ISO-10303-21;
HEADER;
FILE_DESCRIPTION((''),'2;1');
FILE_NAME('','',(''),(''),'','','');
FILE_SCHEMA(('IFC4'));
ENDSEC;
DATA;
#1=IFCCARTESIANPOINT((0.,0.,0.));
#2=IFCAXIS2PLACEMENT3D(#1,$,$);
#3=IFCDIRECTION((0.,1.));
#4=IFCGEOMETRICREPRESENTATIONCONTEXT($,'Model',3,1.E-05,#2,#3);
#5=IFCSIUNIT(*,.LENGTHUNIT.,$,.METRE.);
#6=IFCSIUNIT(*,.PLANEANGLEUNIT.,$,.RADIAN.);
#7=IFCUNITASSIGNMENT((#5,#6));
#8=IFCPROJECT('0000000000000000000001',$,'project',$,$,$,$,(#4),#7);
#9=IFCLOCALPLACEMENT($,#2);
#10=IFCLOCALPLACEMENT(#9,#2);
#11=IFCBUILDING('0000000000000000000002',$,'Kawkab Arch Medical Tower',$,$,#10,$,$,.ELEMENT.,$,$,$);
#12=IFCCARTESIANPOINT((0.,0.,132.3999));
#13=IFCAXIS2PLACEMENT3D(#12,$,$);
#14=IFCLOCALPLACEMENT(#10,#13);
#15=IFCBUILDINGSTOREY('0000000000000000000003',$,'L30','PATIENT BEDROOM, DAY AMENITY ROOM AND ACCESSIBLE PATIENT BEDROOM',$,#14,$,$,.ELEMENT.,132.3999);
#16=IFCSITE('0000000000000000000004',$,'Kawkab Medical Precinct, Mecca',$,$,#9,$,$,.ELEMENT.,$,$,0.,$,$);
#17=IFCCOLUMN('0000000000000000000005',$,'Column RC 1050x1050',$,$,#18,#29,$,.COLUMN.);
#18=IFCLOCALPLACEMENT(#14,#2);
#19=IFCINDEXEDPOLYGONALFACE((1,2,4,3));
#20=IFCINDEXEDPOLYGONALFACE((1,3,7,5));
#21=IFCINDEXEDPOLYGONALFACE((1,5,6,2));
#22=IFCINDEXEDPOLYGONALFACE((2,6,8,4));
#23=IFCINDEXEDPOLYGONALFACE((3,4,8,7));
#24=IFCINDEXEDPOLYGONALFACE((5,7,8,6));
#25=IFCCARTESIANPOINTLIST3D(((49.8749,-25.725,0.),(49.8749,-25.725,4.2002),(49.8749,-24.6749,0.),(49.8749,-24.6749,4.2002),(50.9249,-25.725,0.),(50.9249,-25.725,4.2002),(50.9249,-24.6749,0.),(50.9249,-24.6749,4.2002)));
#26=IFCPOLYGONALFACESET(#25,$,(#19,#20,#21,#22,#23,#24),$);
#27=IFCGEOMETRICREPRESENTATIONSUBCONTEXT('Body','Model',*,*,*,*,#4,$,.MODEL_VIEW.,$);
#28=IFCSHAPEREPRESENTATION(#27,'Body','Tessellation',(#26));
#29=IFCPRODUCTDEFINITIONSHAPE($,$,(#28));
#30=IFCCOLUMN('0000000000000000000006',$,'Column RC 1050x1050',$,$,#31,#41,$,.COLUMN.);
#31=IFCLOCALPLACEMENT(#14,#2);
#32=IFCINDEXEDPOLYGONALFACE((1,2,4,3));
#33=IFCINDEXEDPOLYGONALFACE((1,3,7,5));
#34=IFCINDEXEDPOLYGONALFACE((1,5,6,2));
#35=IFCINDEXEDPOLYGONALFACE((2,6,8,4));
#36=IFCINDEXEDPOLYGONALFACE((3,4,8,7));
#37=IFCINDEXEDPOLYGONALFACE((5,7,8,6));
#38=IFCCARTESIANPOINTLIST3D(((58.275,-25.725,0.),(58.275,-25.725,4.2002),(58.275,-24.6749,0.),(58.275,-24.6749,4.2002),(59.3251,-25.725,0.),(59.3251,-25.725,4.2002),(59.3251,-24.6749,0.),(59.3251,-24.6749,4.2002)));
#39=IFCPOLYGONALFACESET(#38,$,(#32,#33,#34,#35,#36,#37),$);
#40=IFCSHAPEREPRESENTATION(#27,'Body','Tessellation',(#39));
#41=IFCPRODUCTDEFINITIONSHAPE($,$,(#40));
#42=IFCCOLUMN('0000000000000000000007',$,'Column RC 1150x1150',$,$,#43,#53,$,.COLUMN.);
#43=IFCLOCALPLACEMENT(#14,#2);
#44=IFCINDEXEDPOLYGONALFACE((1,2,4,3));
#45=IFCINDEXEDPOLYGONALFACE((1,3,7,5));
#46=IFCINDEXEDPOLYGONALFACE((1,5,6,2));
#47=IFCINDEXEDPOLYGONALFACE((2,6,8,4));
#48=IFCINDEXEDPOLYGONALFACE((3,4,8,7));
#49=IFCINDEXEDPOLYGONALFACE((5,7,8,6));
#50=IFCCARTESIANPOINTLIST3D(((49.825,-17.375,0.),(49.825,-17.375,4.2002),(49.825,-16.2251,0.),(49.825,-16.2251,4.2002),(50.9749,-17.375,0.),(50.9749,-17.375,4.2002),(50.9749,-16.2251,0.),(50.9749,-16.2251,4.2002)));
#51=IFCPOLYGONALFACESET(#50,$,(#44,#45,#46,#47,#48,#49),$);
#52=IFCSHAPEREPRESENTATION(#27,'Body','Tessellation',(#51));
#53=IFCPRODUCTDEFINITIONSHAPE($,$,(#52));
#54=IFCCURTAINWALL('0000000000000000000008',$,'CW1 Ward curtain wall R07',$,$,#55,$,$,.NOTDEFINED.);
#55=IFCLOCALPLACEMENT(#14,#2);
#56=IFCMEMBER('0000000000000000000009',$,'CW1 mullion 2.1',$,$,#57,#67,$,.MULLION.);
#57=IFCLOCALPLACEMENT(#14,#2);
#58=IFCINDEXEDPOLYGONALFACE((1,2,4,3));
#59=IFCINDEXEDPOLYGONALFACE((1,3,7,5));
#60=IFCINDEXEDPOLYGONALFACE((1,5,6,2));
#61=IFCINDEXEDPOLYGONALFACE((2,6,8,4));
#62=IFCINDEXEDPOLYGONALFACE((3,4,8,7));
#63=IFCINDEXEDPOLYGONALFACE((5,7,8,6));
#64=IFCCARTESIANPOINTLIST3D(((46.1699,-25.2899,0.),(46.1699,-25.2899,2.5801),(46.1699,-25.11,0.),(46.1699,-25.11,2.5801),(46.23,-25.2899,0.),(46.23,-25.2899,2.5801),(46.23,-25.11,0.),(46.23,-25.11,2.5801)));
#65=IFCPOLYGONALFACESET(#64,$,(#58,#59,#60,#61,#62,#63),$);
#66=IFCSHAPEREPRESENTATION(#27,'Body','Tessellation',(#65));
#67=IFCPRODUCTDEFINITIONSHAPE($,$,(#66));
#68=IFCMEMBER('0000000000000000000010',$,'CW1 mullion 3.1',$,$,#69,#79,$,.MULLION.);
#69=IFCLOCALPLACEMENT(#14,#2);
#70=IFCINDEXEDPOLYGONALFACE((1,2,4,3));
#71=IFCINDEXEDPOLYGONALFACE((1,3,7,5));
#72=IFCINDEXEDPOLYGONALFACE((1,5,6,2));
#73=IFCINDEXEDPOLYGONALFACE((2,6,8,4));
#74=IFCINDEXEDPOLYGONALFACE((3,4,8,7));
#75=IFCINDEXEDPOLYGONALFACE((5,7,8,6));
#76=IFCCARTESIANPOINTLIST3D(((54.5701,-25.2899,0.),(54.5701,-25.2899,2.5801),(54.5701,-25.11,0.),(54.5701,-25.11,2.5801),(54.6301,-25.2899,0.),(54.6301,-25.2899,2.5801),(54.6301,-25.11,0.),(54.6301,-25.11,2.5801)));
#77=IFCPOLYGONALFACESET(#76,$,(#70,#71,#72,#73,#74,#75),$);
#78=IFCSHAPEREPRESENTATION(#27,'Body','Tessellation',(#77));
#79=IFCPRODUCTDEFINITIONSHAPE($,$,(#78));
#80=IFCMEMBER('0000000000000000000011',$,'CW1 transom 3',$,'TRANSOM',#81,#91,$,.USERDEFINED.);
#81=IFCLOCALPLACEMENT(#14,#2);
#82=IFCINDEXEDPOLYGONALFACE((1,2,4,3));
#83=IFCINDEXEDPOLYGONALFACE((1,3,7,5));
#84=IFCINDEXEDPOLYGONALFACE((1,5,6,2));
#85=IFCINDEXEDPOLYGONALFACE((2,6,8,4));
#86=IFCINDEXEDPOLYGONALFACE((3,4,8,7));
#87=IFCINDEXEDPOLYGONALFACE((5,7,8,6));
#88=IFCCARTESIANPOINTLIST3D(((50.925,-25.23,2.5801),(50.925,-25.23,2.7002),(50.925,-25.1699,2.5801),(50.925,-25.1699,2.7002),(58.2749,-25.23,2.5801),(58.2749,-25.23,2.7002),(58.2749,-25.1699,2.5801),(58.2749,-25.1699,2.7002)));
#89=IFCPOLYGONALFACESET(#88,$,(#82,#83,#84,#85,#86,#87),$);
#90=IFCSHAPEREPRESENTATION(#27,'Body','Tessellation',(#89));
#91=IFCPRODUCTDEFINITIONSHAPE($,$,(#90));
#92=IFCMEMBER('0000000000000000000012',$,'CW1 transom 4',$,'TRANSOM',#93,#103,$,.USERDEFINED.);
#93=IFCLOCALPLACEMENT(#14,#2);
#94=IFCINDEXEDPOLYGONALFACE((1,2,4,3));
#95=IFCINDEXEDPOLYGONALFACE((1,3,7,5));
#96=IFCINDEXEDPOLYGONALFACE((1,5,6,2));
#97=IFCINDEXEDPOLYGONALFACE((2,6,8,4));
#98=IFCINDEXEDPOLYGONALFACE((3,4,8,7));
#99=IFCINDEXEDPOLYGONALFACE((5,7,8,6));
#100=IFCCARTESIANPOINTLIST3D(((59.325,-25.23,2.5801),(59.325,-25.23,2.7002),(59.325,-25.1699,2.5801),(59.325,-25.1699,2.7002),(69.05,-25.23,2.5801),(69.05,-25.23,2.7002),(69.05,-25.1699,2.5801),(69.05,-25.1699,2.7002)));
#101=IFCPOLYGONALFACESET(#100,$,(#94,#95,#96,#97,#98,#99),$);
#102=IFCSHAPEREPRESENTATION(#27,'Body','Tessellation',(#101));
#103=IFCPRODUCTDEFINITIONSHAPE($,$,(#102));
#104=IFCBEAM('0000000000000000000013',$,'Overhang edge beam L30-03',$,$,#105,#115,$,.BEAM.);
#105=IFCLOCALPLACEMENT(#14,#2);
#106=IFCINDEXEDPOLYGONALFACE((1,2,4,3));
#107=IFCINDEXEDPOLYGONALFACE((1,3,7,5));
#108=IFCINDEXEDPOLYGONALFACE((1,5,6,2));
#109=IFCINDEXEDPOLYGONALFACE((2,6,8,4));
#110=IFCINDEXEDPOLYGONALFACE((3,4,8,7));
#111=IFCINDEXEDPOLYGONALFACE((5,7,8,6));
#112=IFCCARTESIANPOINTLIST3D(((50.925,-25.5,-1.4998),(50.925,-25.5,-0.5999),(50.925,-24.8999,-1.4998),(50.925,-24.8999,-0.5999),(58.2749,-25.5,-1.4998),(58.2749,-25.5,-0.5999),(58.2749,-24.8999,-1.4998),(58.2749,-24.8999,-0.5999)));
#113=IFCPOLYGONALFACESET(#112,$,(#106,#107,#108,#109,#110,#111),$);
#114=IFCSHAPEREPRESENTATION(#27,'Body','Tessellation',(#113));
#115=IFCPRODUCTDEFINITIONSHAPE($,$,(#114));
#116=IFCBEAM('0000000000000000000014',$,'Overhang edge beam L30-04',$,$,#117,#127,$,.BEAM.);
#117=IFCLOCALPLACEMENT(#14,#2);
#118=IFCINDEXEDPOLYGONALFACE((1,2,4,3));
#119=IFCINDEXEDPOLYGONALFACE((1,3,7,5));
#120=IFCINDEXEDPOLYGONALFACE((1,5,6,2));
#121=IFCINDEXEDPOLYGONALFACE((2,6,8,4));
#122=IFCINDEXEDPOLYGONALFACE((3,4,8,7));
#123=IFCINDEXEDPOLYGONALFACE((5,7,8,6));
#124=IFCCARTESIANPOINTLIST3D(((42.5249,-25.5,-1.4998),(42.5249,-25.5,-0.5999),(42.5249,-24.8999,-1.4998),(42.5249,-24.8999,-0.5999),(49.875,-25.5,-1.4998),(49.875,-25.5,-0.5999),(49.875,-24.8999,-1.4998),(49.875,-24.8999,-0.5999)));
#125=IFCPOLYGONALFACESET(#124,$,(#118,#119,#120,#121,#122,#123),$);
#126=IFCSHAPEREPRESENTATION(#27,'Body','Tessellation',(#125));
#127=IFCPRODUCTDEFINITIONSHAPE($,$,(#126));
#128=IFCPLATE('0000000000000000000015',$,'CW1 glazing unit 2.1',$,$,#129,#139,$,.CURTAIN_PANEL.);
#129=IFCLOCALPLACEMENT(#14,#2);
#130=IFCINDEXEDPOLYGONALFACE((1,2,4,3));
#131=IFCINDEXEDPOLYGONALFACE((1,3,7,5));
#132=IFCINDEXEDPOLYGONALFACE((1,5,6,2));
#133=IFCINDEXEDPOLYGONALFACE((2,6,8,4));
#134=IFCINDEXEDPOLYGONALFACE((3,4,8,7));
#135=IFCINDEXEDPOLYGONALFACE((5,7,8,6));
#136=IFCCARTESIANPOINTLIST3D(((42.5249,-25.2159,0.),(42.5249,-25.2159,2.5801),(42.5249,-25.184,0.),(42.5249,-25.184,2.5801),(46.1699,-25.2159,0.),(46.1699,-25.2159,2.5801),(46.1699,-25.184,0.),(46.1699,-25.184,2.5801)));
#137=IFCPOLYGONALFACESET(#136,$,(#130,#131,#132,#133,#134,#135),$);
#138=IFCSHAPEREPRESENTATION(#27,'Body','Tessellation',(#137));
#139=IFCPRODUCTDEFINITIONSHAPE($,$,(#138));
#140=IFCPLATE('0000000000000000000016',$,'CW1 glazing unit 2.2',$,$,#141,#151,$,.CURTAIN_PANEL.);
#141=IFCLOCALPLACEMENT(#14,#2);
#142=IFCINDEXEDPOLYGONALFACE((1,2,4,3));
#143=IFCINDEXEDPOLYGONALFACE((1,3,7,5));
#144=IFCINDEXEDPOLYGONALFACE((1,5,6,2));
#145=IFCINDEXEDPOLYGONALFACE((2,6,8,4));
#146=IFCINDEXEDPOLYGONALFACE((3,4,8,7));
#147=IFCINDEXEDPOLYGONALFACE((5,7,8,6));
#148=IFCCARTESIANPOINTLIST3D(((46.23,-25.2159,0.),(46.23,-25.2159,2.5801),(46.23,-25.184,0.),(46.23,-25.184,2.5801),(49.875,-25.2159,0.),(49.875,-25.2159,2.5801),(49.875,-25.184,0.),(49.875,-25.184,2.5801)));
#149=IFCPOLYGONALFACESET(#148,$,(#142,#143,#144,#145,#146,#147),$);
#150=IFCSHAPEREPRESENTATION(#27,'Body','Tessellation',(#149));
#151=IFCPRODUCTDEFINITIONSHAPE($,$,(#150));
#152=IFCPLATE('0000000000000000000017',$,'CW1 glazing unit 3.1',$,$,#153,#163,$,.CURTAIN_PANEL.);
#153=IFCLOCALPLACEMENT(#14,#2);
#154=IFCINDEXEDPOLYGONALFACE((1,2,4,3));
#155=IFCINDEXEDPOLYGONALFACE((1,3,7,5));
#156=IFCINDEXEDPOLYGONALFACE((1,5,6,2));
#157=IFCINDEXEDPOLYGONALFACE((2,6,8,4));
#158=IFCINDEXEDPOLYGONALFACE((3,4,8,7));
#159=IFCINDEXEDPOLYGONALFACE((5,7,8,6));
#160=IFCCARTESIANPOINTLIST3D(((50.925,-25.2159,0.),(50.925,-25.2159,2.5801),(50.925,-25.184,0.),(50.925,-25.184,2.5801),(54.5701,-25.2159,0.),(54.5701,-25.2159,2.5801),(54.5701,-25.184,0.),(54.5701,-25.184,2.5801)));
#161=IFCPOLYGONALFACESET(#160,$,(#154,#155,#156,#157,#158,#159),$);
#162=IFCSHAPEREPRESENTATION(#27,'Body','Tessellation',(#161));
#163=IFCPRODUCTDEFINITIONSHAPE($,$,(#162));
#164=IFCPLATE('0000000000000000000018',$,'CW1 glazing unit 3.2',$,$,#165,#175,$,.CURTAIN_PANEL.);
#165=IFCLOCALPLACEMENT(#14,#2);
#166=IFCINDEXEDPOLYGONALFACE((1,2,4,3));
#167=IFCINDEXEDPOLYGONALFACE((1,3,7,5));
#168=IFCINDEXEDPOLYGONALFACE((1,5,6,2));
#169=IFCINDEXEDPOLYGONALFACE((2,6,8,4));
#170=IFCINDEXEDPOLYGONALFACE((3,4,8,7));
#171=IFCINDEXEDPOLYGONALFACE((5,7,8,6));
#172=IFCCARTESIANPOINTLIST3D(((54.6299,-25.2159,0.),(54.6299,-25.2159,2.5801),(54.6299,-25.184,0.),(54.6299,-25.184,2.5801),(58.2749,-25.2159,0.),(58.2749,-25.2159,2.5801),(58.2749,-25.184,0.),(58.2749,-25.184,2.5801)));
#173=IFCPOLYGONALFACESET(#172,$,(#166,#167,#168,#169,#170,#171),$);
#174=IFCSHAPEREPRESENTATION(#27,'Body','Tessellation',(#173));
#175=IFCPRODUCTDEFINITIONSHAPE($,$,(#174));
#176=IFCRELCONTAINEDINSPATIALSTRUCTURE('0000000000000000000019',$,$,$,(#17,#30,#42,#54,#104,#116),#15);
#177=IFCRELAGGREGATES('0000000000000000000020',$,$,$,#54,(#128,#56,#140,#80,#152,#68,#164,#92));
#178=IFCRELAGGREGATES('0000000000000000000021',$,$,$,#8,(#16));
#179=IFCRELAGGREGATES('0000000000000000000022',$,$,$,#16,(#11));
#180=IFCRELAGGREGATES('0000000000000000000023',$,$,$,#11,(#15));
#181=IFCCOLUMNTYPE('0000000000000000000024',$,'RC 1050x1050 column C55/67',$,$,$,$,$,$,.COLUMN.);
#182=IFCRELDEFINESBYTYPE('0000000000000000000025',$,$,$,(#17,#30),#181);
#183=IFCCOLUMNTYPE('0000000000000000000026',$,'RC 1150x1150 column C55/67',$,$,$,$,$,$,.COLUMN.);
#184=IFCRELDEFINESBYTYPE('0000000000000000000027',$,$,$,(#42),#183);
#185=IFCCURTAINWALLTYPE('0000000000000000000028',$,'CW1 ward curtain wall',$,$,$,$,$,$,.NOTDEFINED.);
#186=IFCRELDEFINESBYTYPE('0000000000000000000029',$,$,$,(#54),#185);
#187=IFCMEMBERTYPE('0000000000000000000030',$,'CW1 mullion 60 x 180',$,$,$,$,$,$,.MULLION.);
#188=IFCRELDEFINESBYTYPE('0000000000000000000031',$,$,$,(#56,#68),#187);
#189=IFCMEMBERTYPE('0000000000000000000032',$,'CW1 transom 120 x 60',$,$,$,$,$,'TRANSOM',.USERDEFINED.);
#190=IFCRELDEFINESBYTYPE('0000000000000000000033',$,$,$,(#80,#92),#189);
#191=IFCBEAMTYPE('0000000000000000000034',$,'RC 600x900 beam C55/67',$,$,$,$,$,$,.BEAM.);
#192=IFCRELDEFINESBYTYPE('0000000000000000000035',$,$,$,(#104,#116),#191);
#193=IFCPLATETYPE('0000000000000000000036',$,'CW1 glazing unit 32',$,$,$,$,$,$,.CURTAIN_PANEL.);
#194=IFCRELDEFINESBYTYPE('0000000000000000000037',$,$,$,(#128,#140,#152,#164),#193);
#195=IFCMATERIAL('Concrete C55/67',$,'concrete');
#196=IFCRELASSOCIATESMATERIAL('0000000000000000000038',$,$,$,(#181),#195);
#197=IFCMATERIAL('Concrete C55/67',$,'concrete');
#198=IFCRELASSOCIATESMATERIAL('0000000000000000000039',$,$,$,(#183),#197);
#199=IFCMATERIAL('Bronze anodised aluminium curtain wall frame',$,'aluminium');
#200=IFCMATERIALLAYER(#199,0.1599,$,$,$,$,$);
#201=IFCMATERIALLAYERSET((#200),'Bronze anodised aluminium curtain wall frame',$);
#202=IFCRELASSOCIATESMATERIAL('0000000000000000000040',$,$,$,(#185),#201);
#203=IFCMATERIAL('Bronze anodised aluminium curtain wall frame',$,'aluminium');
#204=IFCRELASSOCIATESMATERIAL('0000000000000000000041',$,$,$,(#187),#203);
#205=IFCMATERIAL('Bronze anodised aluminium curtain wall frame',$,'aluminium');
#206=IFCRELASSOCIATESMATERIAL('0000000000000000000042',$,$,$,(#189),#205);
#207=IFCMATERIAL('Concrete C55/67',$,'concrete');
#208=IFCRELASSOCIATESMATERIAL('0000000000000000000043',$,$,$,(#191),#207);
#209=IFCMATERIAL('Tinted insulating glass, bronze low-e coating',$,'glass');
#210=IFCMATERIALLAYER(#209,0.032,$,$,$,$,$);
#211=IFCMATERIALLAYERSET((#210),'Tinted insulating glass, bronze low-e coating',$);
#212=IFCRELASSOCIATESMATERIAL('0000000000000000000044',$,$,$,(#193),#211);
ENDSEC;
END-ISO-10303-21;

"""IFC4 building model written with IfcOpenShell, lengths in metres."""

from ifc_helpers import new_model, si_unit, direction, frame, origin, origin_2d, place, context, subcontext, project, spatial, rectangle, extrude, material, layer, layer_set, material_profile, profile_set, type_object, element, aggregate, save


model = new_model("IFC4")

# Units and contexts
model_context = context("Model", 3, precision=1e-05, world=origin(), true_north=direction((0.0, 1.0)))
body_context = subcontext(model_context, "Body", "Model", "MODEL_VIEW")
ifc_project = project(units=[si_unit("LENGTHUNIT", "METRE"), si_unit("PLANEANGLEUNIT", "RADIAN")], contexts=[model_context])

# Site, building, storey
site_placement = place(None, origin())
site = spatial("IfcSite", under=ifc_project, at=site_placement, Name="Kawkab Medical Precinct, Mecca", CompositionType="ELEMENT", RefElevation=0.0)
building_placement = place(site_placement, origin())
building = spatial("IfcBuilding", under=site, at=building_placement, Name="Kawkab Arch Medical Tower", CompositionType="ELEMENT")
storey_placement = place(building_placement, frame((0.0, 0.0, 132.3999)))
storey = spatial("IfcBuildingStorey", under=building, at=storey_placement, Name="L30", Description="PATIENT BEDROOM, DAY AMENITY ROOM AND ACCESSIBLE PATIENT BEDROOM", CompositionType="ELEMENT", Elevation=132.3999)

# Columns
ifc_material_1 = material(Name="Concrete C55/67", Category="concrete")
ifc_material_profile_1 = material_profile(ifc_material_1, rectangle(XDim=1.05, YDim=1.05, at=origin_2d()), Name="RC 1050x1050")
ifc_profile_set_1 = profile_set([ifc_material_profile_1], Name="Concrete C55/67")
column_type_1 = type_object("IfcColumnType", Name="RC 1050x1050 column C55/67", PredefinedType="COLUMN", material=ifc_profile_set_1)
for number, where, z_axis, x_axis, name in (
    (1, (50.3999, -25.2, 0.0), (0.0, 0.0, 1.0), (1.0, 0.0, 0.0), "Column RC 1050x1050"),
    (2, (58.8, -25.2, 0.0), (0.0, 0.0, 1.0), (1.0, 0.0, 0.0), "Column RC 1050x1050"),
):
    element("IfcColumn", number, at=place(storey_placement, frame(where, z_axis=z_axis, x_axis=x_axis)), inside=storey, type_object=column_type_1, Name=name, PredefinedType="COLUMN", context=body_context, shape_type="SweptSolid", body=[
        extrude(rectangle(XDim=1.05, YDim=1.05, at=origin_2d()), origin(), (0.0, 0.0, 1.0), 4.2002),
    ])
ifc_material_2 = material(Name="Concrete C55/67", Category="concrete")
ifc_material_profile_2 = material_profile(ifc_material_2, rectangle(XDim=1.1499, YDim=1.1499, at=origin_2d()), Name="RC 1150x1150")
ifc_profile_set_2 = profile_set([ifc_material_profile_2], Name="Concrete C55/67")
column_type_2 = type_object("IfcColumnType", Name="RC 1150x1150 column C55/67", PredefinedType="COLUMN", material=ifc_profile_set_2)
column_placement = place(storey_placement, frame((50.3999, -16.8, 0.0), z_axis=(0.0, 0.0, 1.0), x_axis=(1.0, 0.0, 0.0)))
element("IfcColumn", 3, at=column_placement, inside=storey, type_object=column_type_2, Name="Column RC 1150x1150", PredefinedType="COLUMN", context=body_context, shape_type="SweptSolid", body=[
    extrude(rectangle(XDim=1.1499, YDim=1.1499, at=origin_2d()), origin(), (0.0, 0.0, 1.0), 4.2002),
])

# Curtain wall, members
ifc_material_3 = material(Name="Bronze anodised aluminium curtain wall frame", Category="aluminium")
ifc_layer_1 = layer(ifc_material_3, 0.1599)
ifc_layer_set_1 = layer_set([ifc_layer_1], Name="Bronze anodised aluminium curtain wall frame")
curtain_wall_type = type_object("IfcCurtainWallType", Name="CW1 ward curtain wall", PredefinedType="NOTDEFINED", material=ifc_layer_set_1)
curtain_wall_placement = place(storey_placement, origin())
curtain_wall = element("IfcCurtainWall", 4, at=curtain_wall_placement, inside=storey, type_object=curtain_wall_type, Name="CW1 Ward curtain wall R07", PredefinedType="NOTDEFINED")
ifc_material_4 = material(Name="Bronze anodised aluminium curtain wall frame", Category="aluminium")
ifc_material_profile_3 = material_profile(ifc_material_4, rectangle(XDim=0.1799, YDim=0.0601, at=origin_2d()), Name="AL 60x180")
ifc_profile_set_3 = profile_set([ifc_material_profile_3], Name="Bronze anodised aluminium curtain wall frame")
member_type_1 = type_object("IfcMemberType", Name="CW1 mullion 60 x 180", PredefinedType="MULLION", material=ifc_profile_set_3)
member_1_placement = place(storey_placement, frame((46.2, -25.2, 0.0), z_axis=(0.0, 0.0, 1.0), x_axis=(0.0, 1.0, 0.0)))
member_1 = element("IfcMember", 5, at=member_1_placement, type_object=member_type_1, Name="CW1 mullion 2.1", PredefinedType="MULLION", context=body_context, shape_type="SweptSolid", body=[
    extrude(rectangle(XDim=0.1799, YDim=0.0601, at=origin_2d()), origin(), (0.0, 0.0, 1.0), 2.5801),
])
member_2_placement = place(storey_placement, frame((54.6001, -25.2, 0.0), z_axis=(0.0, 0.0, 1.0), x_axis=(0.0, 1.0, 0.0)))
member_2 = element("IfcMember", 6, at=member_2_placement, type_object=member_type_1, Name="CW1 mullion 3.1", PredefinedType="MULLION", context=body_context, shape_type="SweptSolid", body=[
    extrude(rectangle(XDim=0.1799, YDim=0.0601, at=origin_2d()), origin(), (0.0, 0.0, 1.0), 2.5801),
])
ifc_material_5 = material(Name="Bronze anodised aluminium curtain wall frame", Category="aluminium")
ifc_material_profile_4 = material_profile(ifc_material_5, rectangle(XDim=0.0601, YDim=0.1201, at=origin_2d()), Name="AL 60x120")
ifc_profile_set_4 = profile_set([ifc_material_profile_4], Name="Bronze anodised aluminium curtain wall frame")
member_type_2 = type_object("IfcMemberType", Name="CW1 transom 120 x 60", ElementType="TRANSOM", PredefinedType="USERDEFINED", material=ifc_profile_set_4)
member_3_placement = place(storey_placement, frame((50.925, -25.2, 2.6401), z_axis=(1.0, 0.0, 0.0), x_axis=(0.0, 1.0, 0.0)))
member_3 = element("IfcMember", 7, at=member_3_placement, type_object=member_type_2, Name="CW1 transom 3", ObjectType="TRANSOM", PredefinedType="USERDEFINED", context=body_context, shape_type="SweptSolid", body=[
    extrude(rectangle(XDim=0.0601, YDim=0.1201, at=origin_2d()), origin(), (0.0, 0.0, 1.0), 7.3499),
])
member_4_placement = place(storey_placement, frame((59.325, -25.2, 2.6401), z_axis=(1.0, 0.0, 0.0), x_axis=(0.0, 1.0, 0.0)))
member_4 = element("IfcMember", 8, at=member_4_placement, type_object=member_type_2, Name="CW1 transom 4", ObjectType="TRANSOM", PredefinedType="USERDEFINED", context=body_context, shape_type="SweptSolid", body=[
    extrude(rectangle(XDim=0.0601, YDim=0.1201, at=origin_2d()), origin(), (0.0, 0.0, 1.0), 9.7251),
])

# Beams
ifc_material_6 = material(Name="Concrete C55/67", Category="concrete")
ifc_material_profile_5 = material_profile(ifc_material_6, rectangle(XDim=0.6001, YDim=0.8999, at=origin_2d()), Name="RC 600x900")
ifc_profile_set_5 = profile_set([ifc_material_profile_5], Name="Concrete C55/67")
beam_type = type_object("IfcBeamType", Name="RC 600x900 beam C55/67", PredefinedType="BEAM", material=ifc_profile_set_5)
beam_1_placement = place(storey_placement, frame((58.2749, -25.2, -1.0498), z_axis=(-1.0, 0.0, 0.0), x_axis=(0.0, -1.0, 0.0)))
element("IfcBeam", 9, at=beam_1_placement, inside=storey, type_object=beam_type, Name="Overhang edge beam L30-03", PredefinedType="BEAM", context=body_context, shape_type="SweptSolid", body=[
    extrude(rectangle(XDim=0.6001, YDim=0.8999, at=origin_2d()), origin(), (0.0, 0.0, 1.0), 7.3499),
])
beam_2_placement = place(storey_placement, frame((49.875, -25.2, -1.0498), z_axis=(-1.0, 0.0, 0.0), x_axis=(0.0, -1.0, 0.0)))
element("IfcBeam", 10, at=beam_2_placement, inside=storey, type_object=beam_type, Name="Overhang edge beam L30-04", PredefinedType="BEAM", context=body_context, shape_type="SweptSolid", body=[
    extrude(rectangle(XDim=0.6001, YDim=0.8999, at=origin_2d()), origin(), (0.0, 0.0, 1.0), 7.3501),
])

# Plates
ifc_material_7 = material(Name="Tinted insulating glass, bronze low-e coating", Category="glass")
ifc_layer_2 = layer(ifc_material_7, 0.032)
ifc_layer_set_2 = layer_set([ifc_layer_2], Name="Tinted insulating glass, bronze low-e coating")
plate_type = type_object("IfcPlateType", Name="CW1 glazing unit 32", PredefinedType="CURTAIN_PANEL", material=ifc_layer_set_2)
plate_1_placement = place(storey_placement, frame((44.3474, -25.2, 0.0), z_axis=(0.0, 0.0, 1.0), x_axis=(1.0, 0.0, 0.0)))
plate_1 = element("IfcPlate", 11, at=plate_1_placement, type_object=plate_type, Name="CW1 glazing unit 2.1", PredefinedType="CURTAIN_PANEL", context=body_context, shape_type="SweptSolid", body=[
    extrude(rectangle(XDim=3.645, YDim=0.032, at=origin_2d()), origin(), (0.0, 0.0, 1.0), 2.5801),
])
plate_2_placement = place(storey_placement, frame((48.0525, -25.2, 0.0), z_axis=(0.0, 0.0, 1.0), x_axis=(1.0, 0.0, 0.0)))
plate_2 = element("IfcPlate", 12, at=plate_2_placement, type_object=plate_type, Name="CW1 glazing unit 2.2", PredefinedType="CURTAIN_PANEL", context=body_context, shape_type="SweptSolid", body=[
    extrude(rectangle(XDim=3.645, YDim=0.032, at=origin_2d()), origin(), (0.0, 0.0, 1.0), 2.5801),
])
plate_3_placement = place(storey_placement, frame((52.7476, -25.2, 0.0), z_axis=(0.0, 0.0, 1.0), x_axis=(1.0, 0.0, 0.0)))
plate_3 = element("IfcPlate", 13, at=plate_3_placement, type_object=plate_type, Name="CW1 glazing unit 3.1", PredefinedType="CURTAIN_PANEL", context=body_context, shape_type="SweptSolid", body=[
    extrude(rectangle(XDim=3.645, YDim=0.032, at=origin_2d()), origin(), (0.0, 0.0, 1.0), 2.5801),
])
plate_4_placement = place(storey_placement, frame((56.4524, -25.2, 0.0), z_axis=(0.0, 0.0, 1.0), x_axis=(1.0, 0.0, 0.0)))
plate_4 = element("IfcPlate", 14, at=plate_4_placement, type_object=plate_type, Name="CW1 glazing unit 3.2", PredefinedType="CURTAIN_PANEL", context=body_context, shape_type="SweptSolid", body=[
    extrude(rectangle(XDim=3.645, YDim=0.032, at=origin_2d()), origin(), (0.0, 0.0, 1.0), 2.5801),
])
aggregate(curtain_wall, [plate_1, member_1, plate_2, member_3, plate_3, member_2, plate_4, member_4])

save(model, "model.ifc")
